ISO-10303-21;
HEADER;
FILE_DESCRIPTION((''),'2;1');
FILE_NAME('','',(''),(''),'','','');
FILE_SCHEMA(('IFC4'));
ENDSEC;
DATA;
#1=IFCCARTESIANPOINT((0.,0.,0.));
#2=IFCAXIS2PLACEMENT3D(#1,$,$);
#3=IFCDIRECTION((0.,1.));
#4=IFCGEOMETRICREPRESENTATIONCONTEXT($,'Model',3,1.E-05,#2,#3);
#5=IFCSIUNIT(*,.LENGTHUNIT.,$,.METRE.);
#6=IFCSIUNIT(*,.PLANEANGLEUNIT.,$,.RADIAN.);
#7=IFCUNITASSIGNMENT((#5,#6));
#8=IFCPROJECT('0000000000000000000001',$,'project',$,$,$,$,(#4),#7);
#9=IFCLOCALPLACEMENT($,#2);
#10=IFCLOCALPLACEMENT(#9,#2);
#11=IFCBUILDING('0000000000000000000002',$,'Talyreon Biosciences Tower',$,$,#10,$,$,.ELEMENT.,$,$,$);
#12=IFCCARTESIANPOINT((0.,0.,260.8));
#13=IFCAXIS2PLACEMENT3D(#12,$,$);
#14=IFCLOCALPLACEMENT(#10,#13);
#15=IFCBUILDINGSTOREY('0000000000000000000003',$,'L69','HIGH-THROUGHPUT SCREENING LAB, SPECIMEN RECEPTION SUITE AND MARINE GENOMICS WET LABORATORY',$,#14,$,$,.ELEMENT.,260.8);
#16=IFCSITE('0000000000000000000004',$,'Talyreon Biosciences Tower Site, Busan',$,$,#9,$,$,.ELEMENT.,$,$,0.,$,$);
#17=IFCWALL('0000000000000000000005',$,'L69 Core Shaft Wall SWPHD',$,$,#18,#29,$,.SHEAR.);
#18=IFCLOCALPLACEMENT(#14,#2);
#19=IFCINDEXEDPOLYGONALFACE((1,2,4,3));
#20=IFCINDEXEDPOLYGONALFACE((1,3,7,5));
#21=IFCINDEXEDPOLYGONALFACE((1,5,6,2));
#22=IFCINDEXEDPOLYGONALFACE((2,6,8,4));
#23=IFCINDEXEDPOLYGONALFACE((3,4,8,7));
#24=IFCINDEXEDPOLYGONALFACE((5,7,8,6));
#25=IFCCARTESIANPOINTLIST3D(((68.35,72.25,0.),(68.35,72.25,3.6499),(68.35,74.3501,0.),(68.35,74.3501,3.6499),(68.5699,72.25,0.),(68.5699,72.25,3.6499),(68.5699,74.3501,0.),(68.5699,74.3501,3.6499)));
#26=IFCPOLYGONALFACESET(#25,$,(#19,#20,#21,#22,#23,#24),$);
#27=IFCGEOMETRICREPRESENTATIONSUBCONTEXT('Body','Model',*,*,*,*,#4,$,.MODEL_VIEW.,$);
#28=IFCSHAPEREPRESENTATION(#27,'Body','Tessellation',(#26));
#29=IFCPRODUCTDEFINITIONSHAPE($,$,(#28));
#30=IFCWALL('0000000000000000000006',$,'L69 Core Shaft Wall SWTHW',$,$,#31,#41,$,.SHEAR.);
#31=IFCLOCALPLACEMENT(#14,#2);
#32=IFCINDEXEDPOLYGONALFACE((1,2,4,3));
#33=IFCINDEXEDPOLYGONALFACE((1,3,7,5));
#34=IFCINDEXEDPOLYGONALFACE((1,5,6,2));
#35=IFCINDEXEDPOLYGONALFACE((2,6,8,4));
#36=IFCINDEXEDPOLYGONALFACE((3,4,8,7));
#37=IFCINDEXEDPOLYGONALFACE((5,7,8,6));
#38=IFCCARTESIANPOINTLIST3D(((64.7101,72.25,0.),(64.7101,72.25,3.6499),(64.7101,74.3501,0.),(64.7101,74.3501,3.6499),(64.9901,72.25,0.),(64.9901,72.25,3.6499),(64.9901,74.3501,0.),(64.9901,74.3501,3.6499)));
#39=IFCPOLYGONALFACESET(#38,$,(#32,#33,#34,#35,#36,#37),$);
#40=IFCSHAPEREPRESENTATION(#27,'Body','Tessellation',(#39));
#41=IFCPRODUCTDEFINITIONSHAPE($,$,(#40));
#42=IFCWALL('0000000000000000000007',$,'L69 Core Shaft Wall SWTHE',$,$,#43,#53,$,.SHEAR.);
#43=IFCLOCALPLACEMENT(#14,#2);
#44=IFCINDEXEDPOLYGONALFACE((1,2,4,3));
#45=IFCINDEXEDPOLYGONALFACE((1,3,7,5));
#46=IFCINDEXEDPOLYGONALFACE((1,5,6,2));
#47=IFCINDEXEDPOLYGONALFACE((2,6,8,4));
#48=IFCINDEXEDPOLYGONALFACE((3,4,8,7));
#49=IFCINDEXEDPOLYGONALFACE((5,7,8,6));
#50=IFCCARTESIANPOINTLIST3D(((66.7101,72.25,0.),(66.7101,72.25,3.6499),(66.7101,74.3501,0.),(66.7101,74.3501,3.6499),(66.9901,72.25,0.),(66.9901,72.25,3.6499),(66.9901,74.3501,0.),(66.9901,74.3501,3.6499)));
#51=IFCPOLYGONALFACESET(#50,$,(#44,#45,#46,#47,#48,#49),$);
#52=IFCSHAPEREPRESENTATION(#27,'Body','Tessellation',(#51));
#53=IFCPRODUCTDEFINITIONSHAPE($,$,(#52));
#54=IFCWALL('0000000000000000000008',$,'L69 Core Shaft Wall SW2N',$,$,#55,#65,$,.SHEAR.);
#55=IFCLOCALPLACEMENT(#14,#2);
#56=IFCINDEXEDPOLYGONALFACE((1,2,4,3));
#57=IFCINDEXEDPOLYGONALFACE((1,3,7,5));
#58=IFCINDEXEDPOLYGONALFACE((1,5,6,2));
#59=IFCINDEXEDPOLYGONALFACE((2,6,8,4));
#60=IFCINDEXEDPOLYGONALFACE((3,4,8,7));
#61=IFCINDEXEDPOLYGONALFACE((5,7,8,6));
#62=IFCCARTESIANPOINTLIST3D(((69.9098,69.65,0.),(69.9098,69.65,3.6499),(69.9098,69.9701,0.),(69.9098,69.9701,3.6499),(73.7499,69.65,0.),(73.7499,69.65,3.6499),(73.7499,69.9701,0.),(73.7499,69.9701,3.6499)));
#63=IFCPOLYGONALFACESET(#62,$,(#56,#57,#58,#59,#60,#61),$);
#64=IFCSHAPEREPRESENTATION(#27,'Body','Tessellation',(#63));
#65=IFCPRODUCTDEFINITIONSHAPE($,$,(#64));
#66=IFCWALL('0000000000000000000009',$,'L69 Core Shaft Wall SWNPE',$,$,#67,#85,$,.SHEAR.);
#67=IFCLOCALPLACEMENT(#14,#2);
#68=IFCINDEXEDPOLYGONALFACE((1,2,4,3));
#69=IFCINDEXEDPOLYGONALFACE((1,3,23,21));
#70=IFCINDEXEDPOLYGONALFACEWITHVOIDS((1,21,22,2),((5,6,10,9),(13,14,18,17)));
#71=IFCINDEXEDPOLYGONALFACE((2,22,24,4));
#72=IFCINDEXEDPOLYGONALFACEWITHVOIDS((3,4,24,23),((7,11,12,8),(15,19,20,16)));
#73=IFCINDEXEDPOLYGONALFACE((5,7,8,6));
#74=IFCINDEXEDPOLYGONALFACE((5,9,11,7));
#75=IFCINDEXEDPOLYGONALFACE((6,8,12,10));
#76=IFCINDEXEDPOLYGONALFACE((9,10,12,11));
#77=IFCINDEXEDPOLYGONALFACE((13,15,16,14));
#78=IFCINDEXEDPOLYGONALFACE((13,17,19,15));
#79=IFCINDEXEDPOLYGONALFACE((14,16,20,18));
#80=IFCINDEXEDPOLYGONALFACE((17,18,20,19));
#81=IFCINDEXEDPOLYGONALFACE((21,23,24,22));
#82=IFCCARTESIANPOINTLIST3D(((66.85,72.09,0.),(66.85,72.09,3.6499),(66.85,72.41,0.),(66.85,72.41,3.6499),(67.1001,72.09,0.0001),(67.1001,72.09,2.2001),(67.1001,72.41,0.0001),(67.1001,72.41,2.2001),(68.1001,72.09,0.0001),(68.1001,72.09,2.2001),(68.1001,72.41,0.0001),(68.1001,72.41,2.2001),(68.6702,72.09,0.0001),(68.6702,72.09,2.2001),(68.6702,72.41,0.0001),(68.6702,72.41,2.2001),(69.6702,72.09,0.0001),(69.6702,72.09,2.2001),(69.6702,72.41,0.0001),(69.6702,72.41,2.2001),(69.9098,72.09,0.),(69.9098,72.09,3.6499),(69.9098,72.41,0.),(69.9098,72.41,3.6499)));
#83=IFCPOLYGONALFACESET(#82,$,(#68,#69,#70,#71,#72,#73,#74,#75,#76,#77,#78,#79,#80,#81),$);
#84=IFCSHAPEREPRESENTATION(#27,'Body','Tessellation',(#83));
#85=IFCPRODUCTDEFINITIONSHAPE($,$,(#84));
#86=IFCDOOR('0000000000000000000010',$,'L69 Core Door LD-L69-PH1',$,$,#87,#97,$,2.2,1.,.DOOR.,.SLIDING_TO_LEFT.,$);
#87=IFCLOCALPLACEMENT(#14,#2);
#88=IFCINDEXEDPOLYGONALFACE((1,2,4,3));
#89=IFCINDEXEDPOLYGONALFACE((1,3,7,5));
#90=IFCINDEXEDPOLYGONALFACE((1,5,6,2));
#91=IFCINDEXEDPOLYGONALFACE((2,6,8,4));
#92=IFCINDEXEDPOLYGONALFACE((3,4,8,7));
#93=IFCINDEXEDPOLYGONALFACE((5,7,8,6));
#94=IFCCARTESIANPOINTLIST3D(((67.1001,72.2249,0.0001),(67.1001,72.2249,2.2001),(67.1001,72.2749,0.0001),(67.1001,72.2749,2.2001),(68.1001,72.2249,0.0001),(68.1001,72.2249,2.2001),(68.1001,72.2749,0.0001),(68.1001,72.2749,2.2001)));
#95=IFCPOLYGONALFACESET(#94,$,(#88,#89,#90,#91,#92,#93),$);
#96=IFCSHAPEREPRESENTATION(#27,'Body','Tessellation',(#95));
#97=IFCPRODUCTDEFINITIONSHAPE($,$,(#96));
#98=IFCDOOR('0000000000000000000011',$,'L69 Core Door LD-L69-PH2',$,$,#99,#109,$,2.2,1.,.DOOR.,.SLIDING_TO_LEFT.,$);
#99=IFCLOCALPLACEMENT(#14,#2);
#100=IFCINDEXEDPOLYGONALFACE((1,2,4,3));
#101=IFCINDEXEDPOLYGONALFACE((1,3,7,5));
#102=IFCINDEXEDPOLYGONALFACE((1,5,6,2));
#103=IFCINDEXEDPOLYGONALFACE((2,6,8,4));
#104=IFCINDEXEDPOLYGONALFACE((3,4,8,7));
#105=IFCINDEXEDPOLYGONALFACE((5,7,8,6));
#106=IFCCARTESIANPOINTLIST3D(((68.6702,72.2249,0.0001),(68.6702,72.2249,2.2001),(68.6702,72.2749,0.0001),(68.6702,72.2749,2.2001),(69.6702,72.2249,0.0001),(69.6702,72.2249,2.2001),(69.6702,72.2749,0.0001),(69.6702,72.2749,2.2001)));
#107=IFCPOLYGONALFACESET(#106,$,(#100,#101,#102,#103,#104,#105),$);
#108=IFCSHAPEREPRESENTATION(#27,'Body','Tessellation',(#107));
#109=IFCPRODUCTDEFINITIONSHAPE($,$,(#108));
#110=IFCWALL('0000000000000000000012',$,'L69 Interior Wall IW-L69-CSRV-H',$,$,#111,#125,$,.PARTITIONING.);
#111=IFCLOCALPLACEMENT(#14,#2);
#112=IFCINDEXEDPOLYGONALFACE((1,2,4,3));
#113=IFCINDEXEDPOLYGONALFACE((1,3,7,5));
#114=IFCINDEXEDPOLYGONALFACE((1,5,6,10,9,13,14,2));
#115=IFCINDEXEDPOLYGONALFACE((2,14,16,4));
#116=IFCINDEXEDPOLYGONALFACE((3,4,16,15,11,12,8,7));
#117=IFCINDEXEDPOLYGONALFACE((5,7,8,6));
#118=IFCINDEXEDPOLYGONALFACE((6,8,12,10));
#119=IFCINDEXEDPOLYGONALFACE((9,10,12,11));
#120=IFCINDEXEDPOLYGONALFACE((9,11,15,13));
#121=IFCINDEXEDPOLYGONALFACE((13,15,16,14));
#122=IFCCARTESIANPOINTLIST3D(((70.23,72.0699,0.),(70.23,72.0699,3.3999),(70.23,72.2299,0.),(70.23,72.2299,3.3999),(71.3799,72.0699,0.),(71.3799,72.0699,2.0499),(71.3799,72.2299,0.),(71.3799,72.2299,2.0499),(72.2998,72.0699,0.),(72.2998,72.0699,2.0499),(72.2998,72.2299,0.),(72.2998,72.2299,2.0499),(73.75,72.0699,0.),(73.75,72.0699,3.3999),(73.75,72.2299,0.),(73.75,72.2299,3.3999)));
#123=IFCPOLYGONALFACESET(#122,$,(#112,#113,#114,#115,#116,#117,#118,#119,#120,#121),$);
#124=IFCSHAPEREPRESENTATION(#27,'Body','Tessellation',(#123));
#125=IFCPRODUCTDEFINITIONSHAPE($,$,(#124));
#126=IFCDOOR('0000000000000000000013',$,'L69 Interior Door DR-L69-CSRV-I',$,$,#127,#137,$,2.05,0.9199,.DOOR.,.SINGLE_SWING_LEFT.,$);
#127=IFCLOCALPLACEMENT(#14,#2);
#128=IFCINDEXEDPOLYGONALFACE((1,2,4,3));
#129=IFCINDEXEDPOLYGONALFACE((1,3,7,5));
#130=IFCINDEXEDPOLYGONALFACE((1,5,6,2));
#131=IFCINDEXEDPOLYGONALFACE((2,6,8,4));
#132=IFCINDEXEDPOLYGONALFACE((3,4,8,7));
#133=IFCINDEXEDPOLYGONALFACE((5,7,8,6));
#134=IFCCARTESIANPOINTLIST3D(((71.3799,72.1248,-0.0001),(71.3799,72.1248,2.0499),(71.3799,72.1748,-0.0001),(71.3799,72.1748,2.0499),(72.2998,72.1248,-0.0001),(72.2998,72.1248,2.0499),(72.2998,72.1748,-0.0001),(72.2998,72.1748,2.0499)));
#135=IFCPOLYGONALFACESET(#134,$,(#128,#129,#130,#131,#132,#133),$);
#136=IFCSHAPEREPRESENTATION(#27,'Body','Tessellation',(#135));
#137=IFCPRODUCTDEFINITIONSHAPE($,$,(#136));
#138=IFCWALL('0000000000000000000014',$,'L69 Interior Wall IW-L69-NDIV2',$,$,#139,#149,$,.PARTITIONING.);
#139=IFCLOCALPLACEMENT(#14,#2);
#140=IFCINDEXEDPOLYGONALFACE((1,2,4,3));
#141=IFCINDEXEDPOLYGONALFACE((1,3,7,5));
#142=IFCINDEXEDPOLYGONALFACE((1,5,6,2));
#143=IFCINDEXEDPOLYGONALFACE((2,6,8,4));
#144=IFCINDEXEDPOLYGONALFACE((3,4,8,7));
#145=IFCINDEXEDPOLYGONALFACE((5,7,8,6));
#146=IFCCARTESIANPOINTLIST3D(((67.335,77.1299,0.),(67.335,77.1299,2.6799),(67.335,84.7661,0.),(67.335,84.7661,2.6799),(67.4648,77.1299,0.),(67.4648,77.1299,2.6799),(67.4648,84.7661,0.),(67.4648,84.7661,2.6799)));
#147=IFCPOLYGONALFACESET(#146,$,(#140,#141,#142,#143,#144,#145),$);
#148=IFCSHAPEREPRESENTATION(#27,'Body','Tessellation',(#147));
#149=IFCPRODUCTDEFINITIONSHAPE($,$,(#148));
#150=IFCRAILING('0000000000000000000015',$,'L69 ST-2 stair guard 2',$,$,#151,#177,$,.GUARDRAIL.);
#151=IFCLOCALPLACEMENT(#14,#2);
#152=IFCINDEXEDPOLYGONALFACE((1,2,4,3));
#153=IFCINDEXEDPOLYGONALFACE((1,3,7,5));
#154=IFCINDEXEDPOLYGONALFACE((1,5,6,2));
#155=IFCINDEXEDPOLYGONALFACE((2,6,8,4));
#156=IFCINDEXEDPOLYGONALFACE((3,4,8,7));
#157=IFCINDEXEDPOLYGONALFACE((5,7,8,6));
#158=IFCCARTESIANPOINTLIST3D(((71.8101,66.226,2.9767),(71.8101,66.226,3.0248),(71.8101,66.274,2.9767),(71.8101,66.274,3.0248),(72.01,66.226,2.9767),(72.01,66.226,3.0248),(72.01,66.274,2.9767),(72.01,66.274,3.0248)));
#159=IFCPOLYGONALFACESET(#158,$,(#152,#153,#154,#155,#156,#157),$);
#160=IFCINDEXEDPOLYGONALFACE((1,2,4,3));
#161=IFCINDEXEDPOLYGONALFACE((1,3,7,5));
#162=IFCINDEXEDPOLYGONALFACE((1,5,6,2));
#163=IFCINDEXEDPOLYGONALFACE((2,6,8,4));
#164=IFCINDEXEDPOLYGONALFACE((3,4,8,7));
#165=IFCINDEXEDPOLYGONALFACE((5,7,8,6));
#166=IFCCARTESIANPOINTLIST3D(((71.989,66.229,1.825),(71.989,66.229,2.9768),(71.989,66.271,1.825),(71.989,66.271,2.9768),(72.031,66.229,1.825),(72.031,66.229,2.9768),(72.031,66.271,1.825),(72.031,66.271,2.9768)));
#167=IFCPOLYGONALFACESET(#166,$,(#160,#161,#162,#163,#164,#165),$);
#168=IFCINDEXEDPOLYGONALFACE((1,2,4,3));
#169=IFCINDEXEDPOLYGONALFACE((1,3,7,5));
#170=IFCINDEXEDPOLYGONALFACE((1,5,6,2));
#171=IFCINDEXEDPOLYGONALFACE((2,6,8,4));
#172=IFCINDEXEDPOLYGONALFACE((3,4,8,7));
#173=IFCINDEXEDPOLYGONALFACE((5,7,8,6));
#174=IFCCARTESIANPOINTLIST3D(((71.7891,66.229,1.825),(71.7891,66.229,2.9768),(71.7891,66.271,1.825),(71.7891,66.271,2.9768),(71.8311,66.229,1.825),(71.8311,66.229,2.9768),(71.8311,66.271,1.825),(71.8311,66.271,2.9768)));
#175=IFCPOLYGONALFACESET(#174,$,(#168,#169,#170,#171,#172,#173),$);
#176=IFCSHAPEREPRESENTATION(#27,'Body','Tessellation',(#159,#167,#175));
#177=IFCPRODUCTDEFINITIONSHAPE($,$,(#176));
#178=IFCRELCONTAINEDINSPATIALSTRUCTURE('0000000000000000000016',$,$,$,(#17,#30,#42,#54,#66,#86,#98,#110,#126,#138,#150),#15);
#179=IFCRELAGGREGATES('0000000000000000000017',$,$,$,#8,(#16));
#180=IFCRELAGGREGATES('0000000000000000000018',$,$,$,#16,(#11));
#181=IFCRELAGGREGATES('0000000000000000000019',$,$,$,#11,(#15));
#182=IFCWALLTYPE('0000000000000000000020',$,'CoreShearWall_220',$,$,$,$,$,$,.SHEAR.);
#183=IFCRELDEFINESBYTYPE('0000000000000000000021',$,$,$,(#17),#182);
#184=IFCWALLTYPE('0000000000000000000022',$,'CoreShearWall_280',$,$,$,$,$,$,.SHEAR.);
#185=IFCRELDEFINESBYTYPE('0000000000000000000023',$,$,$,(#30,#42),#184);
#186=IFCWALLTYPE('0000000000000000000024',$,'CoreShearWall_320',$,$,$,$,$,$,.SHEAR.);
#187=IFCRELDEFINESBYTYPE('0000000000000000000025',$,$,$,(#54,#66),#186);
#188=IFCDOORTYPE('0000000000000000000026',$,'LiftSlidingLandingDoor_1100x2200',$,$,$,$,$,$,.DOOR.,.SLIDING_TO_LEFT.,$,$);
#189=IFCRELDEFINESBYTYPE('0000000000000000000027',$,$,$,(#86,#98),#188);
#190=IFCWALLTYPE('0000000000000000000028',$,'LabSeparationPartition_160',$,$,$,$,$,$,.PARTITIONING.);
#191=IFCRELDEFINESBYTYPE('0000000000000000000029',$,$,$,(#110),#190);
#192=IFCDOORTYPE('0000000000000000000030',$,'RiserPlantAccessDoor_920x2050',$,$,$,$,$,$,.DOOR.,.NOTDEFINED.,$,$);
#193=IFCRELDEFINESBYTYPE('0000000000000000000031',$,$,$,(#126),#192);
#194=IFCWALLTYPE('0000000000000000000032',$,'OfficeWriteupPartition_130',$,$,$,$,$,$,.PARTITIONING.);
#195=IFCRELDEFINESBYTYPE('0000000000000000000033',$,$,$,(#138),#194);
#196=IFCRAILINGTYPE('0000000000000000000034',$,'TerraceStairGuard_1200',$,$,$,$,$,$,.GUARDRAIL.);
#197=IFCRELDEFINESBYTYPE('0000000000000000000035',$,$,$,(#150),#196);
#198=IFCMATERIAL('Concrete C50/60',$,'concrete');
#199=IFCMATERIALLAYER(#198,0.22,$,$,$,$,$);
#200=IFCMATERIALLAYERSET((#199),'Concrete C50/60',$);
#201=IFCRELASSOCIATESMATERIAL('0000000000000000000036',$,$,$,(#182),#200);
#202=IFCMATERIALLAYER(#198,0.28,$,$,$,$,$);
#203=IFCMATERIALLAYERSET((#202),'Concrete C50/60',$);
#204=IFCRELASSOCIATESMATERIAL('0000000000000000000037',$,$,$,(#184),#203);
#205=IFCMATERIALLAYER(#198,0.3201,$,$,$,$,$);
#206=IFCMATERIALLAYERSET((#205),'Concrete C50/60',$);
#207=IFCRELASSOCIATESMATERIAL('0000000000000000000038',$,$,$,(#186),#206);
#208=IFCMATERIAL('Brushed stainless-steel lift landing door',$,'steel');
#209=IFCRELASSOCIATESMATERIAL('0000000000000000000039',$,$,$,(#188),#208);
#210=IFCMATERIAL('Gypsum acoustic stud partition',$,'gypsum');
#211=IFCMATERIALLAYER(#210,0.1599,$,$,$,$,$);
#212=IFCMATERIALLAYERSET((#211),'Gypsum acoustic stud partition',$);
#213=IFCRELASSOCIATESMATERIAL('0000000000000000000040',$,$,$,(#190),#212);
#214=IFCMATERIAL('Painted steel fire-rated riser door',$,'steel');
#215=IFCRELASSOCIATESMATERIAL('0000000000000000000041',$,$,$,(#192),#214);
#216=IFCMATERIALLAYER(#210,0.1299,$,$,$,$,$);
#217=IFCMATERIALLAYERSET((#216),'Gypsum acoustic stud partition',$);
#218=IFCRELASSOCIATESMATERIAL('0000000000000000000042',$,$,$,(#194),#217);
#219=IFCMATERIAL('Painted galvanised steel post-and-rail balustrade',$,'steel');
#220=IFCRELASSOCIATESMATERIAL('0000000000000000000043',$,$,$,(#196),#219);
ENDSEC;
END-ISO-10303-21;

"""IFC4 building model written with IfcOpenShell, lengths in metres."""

from ifc_helpers import new_model, si_unit, direction, frame, frame_2d, origin, origin_2d, place, context, subcontext, project, spatial, rectangle, extrude, material, layer, layer_set, type_object, element, fill, save


model = new_model("IFC4")

# Units and contexts
model_context = context("Model", 3, precision=1e-05, world=origin(), true_north=direction((0.0, 1.0)))
body_context = subcontext(model_context, "Body", "Model", "MODEL_VIEW")
ifc_project = project(units=[si_unit("LENGTHUNIT", "METRE"), si_unit("PLANEANGLEUNIT", "RADIAN")], contexts=[model_context])

# Site, building, storey
site_placement = place(None, origin())
site = spatial("IfcSite", under=ifc_project, at=site_placement, Name="Talyreon Biosciences Tower Site, Busan", CompositionType="ELEMENT", RefElevation=0.0)
building_placement = place(site_placement, origin())
building = spatial("IfcBuilding", under=site, at=building_placement, Name="Talyreon Biosciences Tower", CompositionType="ELEMENT")
storey_placement = place(building_placement, frame((0.0, 0.0, 260.8)))
storey = spatial("IfcBuildingStorey", under=building, at=storey_placement, Name="L69", Description="HIGH-THROUGHPUT SCREENING LAB, SPECIMEN RECEPTION SUITE AND MARINE GENOMICS WET LABORATORY", CompositionType="ELEMENT", Elevation=260.8)

# Shared definitions
ifc_material_1 = material(Name="Concrete C50/60", Category="concrete")

# Walls
ifc_layer_1 = layer(ifc_material_1, 0.22)
ifc_layer_set_1 = layer_set([ifc_layer_1], Name="Concrete C50/60")
wall_type_1 = type_object("IfcWallType", Name="CoreShearWall_220", PredefinedType="SHEAR", material=ifc_layer_set_1)
wall_1_placement = place(storey_placement, frame((68.46, 72.25, 0.0), z_axis=(0.0, 0.0, 1.0), x_axis=(0.0, 1.0, 0.0)))
element("IfcWall", 1, at=wall_1_placement, inside=storey, type_object=wall_type_1, Name="L69 Core Shaft Wall SWPHD", PredefinedType="SHEAR", context=body_context, shape_type="SweptSolid", body=[
    extrude(rectangle(XDim=2.1001, YDim=0.22, at=frame_2d((1.05, 0.0))), origin(), (0.0, 0.0, 1.0), 3.6499),
])
ifc_layer_2 = layer(ifc_material_1, 0.28)
ifc_layer_set_2 = layer_set([ifc_layer_2], Name="Concrete C50/60")
wall_type_2 = type_object("IfcWallType", Name="CoreShearWall_280", PredefinedType="SHEAR", material=ifc_layer_set_2)
for number, where, z_axis, x_axis, name in (
    (2, (64.8501, 72.25, 0.0), (0.0, 0.0, 1.0), (0.0, 1.0, 0.0), "L69 Core Shaft Wall SWTHW"),
    (3, (66.8501, 72.25, 0.0), (0.0, 0.0, 1.0), (0.0, 1.0, 0.0), "L69 Core Shaft Wall SWTHE"),
):
    element("IfcWall", number, at=place(storey_placement, frame(where, z_axis=z_axis, x_axis=x_axis)), inside=storey, type_object=wall_type_2, Name=name, PredefinedType="SHEAR", context=body_context, shape_type="SweptSolid", body=[
        extrude(rectangle(XDim=2.1001, YDim=0.28, at=frame_2d((1.05, 0.0))), origin(), (0.0, 0.0, 1.0), 3.6499),
    ])
ifc_layer_3 = layer(ifc_material_1, 0.3201)
ifc_layer_set_3 = layer_set([ifc_layer_3], Name="Concrete C50/60")
wall_type_3 = type_object("IfcWallType", Name="CoreShearWall_320", PredefinedType="SHEAR", material=ifc_layer_set_3)
wall_2_placement = place(storey_placement, frame((69.9099, 69.8101, 0.0), z_axis=(0.0, 0.0, 1.0), x_axis=(1.0, 0.0, 0.0)))
element("IfcWall", 4, at=wall_2_placement, inside=storey, type_object=wall_type_3, Name="L69 Core Shaft Wall SW2N", PredefinedType="SHEAR", context=body_context, shape_type="SweptSolid", body=[
    extrude(rectangle(XDim=3.8401, YDim=0.3201, at=frame_2d((1.9199, 0.0))), origin(), (0.0, 0.0, 1.0), 3.6499),
])

# Wall, openings, doors
wall_3_placement = place(storey_placement, frame((66.8501, 72.25, 0.0), z_axis=(0.0, 0.0, 1.0), x_axis=(1.0, 0.0, 0.0)))
wall_3 = element("IfcWall", 5, at=wall_3_placement, inside=storey, type_object=wall_type_3, Name="L69 Core Shaft Wall SWNPE", PredefinedType="SHEAR", context=body_context, shape_type="SweptSolid", body=[
    extrude(rectangle(XDim=3.0598, YDim=0.3201, at=frame_2d((1.5298, 0.0))), origin(), (0.0, 0.0, 1.0), 3.6499),
])
opening_1_placement = place(wall_3_placement, frame((0.25, 0.0, 0.0)))
opening_1 = element("IfcOpeningElement", 6, at=opening_1_placement, cuts=wall_3, PredefinedType="OPENING", context=body_context, shape_type="SweptSolid", body=[
    extrude(rectangle(XDim=1.0, YDim=2.2, at=frame_2d((0.5, 1.1001))), frame((0.0, 0.1699, 0.0), z_axis=(0.0, -1.0, 0.0), x_axis=(1.0, 0.0, 0.0)), (0.0, 0.0, 1.0), 0.3401),
])
opening_2_placement = place(wall_3_placement, frame((1.8201, 0.0, 0.0)))
opening_2 = element("IfcOpeningElement", 7, at=opening_2_placement, cuts=wall_3, PredefinedType="OPENING", context=body_context, shape_type="SweptSolid", body=[
    extrude(rectangle(XDim=1.0, YDim=2.2, at=frame_2d((0.5, 1.1001))), frame((0.0, 0.1699, 0.0), z_axis=(0.0, -1.0, 0.0), x_axis=(1.0, 0.0, 0.0)), (0.0, 0.0, 1.0), 0.3401),
])
ifc_material_2 = material(Name="Brushed stainless-steel lift landing door", Category="steel")
door_type_1 = type_object("IfcDoorType", Name="LiftSlidingLandingDoor_1100x2200", OperationType="SLIDING_TO_LEFT", PredefinedType="DOOR", material=ifc_material_2)
door_1_placement = place(opening_1_placement, origin())
door_1 = element("IfcDoor", 8, at=door_1_placement, inside=storey, type_object=door_type_1, Name="L69 Core Door LD-L69-PH1", OperationType="SLIDING_TO_LEFT", OverallHeight=2.2, OverallWidth=1.0, PredefinedType="DOOR", context=body_context, shape_type="SweptSolid", body=[
    extrude(rectangle(XDim=1.0, YDim=2.2, at=frame_2d((0.5, 1.1001))), frame((0.0, 0.0249, 0.0), z_axis=(0.0, -1.0, 0.0), x_axis=(1.0, 0.0, 0.0)), (0.0, 0.0, 1.0), 0.05),
])
fill(opening_1, door_1)
door_2_placement = place(opening_2_placement, origin())
door_2 = element("IfcDoor", 9, at=door_2_placement, inside=storey, type_object=door_type_1, Name="L69 Core Door LD-L69-PH2", OperationType="SLIDING_TO_LEFT", OverallHeight=2.2, OverallWidth=1.0, PredefinedType="DOOR", context=body_context, shape_type="SweptSolid", body=[
    extrude(rectangle(XDim=1.0, YDim=2.2, at=frame_2d((0.5, 1.1001))), frame((0.0, 0.0249, 0.0), z_axis=(0.0, -1.0, 0.0), x_axis=(1.0, 0.0, 0.0)), (0.0, 0.0, 1.0), 0.05),
])
fill(opening_2, door_2)

# Wall, opening, door
ifc_material_3 = material(Name="Gypsum acoustic stud partition", Category="gypsum")
ifc_layer_4 = layer(ifc_material_3, 0.1599)
ifc_layer_set_4 = layer_set([ifc_layer_4], Name="Gypsum acoustic stud partition")
wall_type_4 = type_object("IfcWallType", Name="LabSeparationPartition_160", PredefinedType="PARTITIONING", material=ifc_layer_set_4)
wall_4_placement = place(storey_placement, frame((70.23, 72.1499, 0.0), z_axis=(0.0, 0.0, 1.0), x_axis=(1.0, 0.0, 0.0)))
wall_4 = element("IfcWall", 10, at=wall_4_placement, inside=storey, type_object=wall_type_4, Name="L69 Interior Wall IW-L69-CSRV-H", PredefinedType="PARTITIONING", context=body_context, shape_type="SweptSolid", body=[
    extrude(rectangle(XDim=3.52, YDim=0.1599, at=frame_2d((1.76, 0.0))), origin(), (0.0, 0.0, 1.0), 3.3999),
])
opening_3_placement = place(wall_4_placement, frame((1.1499, 0.0, 0.0)))
opening_3 = element("IfcOpeningElement", 11, at=opening_3_placement, cuts=wall_4, PredefinedType="OPENING", context=body_context, shape_type="SweptSolid", body=[
    extrude(rectangle(XDim=0.9199, YDim=2.05, at=frame_2d((0.46, 1.0249))), frame((0.0, 0.0898, 0.0), z_axis=(0.0, -1.0, 0.0), x_axis=(1.0, 0.0, 0.0)), (0.0, 0.0, 1.0), 0.1799),
])
ifc_material_4 = material(Name="Painted steel fire-rated riser door", Category="steel")
door_type_2 = type_object("IfcDoorType", Name="RiserPlantAccessDoor_920x2050", OperationType="NOTDEFINED", PredefinedType="DOOR", material=ifc_material_4)
door_3_placement = place(opening_3_placement, origin())
door_3 = element("IfcDoor", 12, at=door_3_placement, inside=storey, type_object=door_type_2, Name="L69 Interior Door DR-L69-CSRV-I", OperationType="SINGLE_SWING_LEFT", OverallHeight=2.05, OverallWidth=0.9199, PredefinedType="DOOR", context=body_context, shape_type="SweptSolid", body=[
    extrude(rectangle(XDim=0.9199, YDim=2.05, at=frame_2d((0.46, 1.0249))), frame((0.0, 0.0249, 0.0), z_axis=(0.0, -1.0, 0.0), x_axis=(1.0, 0.0, 0.0)), (0.0, 0.0, 1.0), 0.05),
])
fill(opening_3, door_3)

# Wall
ifc_layer_5 = layer(ifc_material_3, 0.1299)
ifc_layer_set_5 = layer_set([ifc_layer_5], Name="Gypsum acoustic stud partition")
wall_type_5 = type_object("IfcWallType", Name="OfficeWriteupPartition_130", PredefinedType="PARTITIONING", material=ifc_layer_set_5)
wall_5_placement = place(storey_placement, frame((67.3999, 77.1299, 0.0), z_axis=(0.0, 0.0, 1.0), x_axis=(0.0, 1.0, 0.0)))
element("IfcWall", 13, at=wall_5_placement, inside=storey, type_object=wall_type_5, Name="L69 Interior Wall IW-L69-NDIV2", PredefinedType="PARTITIONING", context=body_context, shape_type="SweptSolid", body=[
    extrude(rectangle(XDim=7.6362, YDim=0.1299, at=frame_2d((3.8181, 0.0))), origin(), (0.0, 0.0, 1.0), 2.6799),
])

# Railing
ifc_material_5 = material(Name="Painted galvanised steel post-and-rail balustrade", Category="steel")
railing_type = type_object("IfcRailingType", Name="TerraceStairGuard_1200", PredefinedType="GUARDRAIL", material=ifc_material_5)
railing_placement = place(storey_placement, frame((72.01, 66.25, 1.825)))
element("IfcRailing", 14, at=railing_placement, inside=storey, type_object=railing_type, Name="L69 ST-2 stair guard 2", PredefinedType="GUARDRAIL", context=body_context, shape_type="SweptSolid", body=[
    extrude(rectangle(XDim=0.0481, YDim=0.0481, at=origin_2d()), frame((0.0, 0.0, 1.1758), z_axis=(-1.0, 0.0, 0.0), x_axis=(0.0, -1.0, 0.0)), (0.0, 0.0, 1.0), 0.2),
    extrude(rectangle(XDim=0.042, YDim=0.042, at=origin_2d()), origin(), (0.0, 0.0, 1.0), 1.1519),
    extrude(rectangle(XDim=0.042, YDim=0.042, at=origin_2d()), frame((-0.2, 0.0, 0.0)), (0.0, 0.0, 1.0), 1.1519),
])

save(model, "model.ifc")
